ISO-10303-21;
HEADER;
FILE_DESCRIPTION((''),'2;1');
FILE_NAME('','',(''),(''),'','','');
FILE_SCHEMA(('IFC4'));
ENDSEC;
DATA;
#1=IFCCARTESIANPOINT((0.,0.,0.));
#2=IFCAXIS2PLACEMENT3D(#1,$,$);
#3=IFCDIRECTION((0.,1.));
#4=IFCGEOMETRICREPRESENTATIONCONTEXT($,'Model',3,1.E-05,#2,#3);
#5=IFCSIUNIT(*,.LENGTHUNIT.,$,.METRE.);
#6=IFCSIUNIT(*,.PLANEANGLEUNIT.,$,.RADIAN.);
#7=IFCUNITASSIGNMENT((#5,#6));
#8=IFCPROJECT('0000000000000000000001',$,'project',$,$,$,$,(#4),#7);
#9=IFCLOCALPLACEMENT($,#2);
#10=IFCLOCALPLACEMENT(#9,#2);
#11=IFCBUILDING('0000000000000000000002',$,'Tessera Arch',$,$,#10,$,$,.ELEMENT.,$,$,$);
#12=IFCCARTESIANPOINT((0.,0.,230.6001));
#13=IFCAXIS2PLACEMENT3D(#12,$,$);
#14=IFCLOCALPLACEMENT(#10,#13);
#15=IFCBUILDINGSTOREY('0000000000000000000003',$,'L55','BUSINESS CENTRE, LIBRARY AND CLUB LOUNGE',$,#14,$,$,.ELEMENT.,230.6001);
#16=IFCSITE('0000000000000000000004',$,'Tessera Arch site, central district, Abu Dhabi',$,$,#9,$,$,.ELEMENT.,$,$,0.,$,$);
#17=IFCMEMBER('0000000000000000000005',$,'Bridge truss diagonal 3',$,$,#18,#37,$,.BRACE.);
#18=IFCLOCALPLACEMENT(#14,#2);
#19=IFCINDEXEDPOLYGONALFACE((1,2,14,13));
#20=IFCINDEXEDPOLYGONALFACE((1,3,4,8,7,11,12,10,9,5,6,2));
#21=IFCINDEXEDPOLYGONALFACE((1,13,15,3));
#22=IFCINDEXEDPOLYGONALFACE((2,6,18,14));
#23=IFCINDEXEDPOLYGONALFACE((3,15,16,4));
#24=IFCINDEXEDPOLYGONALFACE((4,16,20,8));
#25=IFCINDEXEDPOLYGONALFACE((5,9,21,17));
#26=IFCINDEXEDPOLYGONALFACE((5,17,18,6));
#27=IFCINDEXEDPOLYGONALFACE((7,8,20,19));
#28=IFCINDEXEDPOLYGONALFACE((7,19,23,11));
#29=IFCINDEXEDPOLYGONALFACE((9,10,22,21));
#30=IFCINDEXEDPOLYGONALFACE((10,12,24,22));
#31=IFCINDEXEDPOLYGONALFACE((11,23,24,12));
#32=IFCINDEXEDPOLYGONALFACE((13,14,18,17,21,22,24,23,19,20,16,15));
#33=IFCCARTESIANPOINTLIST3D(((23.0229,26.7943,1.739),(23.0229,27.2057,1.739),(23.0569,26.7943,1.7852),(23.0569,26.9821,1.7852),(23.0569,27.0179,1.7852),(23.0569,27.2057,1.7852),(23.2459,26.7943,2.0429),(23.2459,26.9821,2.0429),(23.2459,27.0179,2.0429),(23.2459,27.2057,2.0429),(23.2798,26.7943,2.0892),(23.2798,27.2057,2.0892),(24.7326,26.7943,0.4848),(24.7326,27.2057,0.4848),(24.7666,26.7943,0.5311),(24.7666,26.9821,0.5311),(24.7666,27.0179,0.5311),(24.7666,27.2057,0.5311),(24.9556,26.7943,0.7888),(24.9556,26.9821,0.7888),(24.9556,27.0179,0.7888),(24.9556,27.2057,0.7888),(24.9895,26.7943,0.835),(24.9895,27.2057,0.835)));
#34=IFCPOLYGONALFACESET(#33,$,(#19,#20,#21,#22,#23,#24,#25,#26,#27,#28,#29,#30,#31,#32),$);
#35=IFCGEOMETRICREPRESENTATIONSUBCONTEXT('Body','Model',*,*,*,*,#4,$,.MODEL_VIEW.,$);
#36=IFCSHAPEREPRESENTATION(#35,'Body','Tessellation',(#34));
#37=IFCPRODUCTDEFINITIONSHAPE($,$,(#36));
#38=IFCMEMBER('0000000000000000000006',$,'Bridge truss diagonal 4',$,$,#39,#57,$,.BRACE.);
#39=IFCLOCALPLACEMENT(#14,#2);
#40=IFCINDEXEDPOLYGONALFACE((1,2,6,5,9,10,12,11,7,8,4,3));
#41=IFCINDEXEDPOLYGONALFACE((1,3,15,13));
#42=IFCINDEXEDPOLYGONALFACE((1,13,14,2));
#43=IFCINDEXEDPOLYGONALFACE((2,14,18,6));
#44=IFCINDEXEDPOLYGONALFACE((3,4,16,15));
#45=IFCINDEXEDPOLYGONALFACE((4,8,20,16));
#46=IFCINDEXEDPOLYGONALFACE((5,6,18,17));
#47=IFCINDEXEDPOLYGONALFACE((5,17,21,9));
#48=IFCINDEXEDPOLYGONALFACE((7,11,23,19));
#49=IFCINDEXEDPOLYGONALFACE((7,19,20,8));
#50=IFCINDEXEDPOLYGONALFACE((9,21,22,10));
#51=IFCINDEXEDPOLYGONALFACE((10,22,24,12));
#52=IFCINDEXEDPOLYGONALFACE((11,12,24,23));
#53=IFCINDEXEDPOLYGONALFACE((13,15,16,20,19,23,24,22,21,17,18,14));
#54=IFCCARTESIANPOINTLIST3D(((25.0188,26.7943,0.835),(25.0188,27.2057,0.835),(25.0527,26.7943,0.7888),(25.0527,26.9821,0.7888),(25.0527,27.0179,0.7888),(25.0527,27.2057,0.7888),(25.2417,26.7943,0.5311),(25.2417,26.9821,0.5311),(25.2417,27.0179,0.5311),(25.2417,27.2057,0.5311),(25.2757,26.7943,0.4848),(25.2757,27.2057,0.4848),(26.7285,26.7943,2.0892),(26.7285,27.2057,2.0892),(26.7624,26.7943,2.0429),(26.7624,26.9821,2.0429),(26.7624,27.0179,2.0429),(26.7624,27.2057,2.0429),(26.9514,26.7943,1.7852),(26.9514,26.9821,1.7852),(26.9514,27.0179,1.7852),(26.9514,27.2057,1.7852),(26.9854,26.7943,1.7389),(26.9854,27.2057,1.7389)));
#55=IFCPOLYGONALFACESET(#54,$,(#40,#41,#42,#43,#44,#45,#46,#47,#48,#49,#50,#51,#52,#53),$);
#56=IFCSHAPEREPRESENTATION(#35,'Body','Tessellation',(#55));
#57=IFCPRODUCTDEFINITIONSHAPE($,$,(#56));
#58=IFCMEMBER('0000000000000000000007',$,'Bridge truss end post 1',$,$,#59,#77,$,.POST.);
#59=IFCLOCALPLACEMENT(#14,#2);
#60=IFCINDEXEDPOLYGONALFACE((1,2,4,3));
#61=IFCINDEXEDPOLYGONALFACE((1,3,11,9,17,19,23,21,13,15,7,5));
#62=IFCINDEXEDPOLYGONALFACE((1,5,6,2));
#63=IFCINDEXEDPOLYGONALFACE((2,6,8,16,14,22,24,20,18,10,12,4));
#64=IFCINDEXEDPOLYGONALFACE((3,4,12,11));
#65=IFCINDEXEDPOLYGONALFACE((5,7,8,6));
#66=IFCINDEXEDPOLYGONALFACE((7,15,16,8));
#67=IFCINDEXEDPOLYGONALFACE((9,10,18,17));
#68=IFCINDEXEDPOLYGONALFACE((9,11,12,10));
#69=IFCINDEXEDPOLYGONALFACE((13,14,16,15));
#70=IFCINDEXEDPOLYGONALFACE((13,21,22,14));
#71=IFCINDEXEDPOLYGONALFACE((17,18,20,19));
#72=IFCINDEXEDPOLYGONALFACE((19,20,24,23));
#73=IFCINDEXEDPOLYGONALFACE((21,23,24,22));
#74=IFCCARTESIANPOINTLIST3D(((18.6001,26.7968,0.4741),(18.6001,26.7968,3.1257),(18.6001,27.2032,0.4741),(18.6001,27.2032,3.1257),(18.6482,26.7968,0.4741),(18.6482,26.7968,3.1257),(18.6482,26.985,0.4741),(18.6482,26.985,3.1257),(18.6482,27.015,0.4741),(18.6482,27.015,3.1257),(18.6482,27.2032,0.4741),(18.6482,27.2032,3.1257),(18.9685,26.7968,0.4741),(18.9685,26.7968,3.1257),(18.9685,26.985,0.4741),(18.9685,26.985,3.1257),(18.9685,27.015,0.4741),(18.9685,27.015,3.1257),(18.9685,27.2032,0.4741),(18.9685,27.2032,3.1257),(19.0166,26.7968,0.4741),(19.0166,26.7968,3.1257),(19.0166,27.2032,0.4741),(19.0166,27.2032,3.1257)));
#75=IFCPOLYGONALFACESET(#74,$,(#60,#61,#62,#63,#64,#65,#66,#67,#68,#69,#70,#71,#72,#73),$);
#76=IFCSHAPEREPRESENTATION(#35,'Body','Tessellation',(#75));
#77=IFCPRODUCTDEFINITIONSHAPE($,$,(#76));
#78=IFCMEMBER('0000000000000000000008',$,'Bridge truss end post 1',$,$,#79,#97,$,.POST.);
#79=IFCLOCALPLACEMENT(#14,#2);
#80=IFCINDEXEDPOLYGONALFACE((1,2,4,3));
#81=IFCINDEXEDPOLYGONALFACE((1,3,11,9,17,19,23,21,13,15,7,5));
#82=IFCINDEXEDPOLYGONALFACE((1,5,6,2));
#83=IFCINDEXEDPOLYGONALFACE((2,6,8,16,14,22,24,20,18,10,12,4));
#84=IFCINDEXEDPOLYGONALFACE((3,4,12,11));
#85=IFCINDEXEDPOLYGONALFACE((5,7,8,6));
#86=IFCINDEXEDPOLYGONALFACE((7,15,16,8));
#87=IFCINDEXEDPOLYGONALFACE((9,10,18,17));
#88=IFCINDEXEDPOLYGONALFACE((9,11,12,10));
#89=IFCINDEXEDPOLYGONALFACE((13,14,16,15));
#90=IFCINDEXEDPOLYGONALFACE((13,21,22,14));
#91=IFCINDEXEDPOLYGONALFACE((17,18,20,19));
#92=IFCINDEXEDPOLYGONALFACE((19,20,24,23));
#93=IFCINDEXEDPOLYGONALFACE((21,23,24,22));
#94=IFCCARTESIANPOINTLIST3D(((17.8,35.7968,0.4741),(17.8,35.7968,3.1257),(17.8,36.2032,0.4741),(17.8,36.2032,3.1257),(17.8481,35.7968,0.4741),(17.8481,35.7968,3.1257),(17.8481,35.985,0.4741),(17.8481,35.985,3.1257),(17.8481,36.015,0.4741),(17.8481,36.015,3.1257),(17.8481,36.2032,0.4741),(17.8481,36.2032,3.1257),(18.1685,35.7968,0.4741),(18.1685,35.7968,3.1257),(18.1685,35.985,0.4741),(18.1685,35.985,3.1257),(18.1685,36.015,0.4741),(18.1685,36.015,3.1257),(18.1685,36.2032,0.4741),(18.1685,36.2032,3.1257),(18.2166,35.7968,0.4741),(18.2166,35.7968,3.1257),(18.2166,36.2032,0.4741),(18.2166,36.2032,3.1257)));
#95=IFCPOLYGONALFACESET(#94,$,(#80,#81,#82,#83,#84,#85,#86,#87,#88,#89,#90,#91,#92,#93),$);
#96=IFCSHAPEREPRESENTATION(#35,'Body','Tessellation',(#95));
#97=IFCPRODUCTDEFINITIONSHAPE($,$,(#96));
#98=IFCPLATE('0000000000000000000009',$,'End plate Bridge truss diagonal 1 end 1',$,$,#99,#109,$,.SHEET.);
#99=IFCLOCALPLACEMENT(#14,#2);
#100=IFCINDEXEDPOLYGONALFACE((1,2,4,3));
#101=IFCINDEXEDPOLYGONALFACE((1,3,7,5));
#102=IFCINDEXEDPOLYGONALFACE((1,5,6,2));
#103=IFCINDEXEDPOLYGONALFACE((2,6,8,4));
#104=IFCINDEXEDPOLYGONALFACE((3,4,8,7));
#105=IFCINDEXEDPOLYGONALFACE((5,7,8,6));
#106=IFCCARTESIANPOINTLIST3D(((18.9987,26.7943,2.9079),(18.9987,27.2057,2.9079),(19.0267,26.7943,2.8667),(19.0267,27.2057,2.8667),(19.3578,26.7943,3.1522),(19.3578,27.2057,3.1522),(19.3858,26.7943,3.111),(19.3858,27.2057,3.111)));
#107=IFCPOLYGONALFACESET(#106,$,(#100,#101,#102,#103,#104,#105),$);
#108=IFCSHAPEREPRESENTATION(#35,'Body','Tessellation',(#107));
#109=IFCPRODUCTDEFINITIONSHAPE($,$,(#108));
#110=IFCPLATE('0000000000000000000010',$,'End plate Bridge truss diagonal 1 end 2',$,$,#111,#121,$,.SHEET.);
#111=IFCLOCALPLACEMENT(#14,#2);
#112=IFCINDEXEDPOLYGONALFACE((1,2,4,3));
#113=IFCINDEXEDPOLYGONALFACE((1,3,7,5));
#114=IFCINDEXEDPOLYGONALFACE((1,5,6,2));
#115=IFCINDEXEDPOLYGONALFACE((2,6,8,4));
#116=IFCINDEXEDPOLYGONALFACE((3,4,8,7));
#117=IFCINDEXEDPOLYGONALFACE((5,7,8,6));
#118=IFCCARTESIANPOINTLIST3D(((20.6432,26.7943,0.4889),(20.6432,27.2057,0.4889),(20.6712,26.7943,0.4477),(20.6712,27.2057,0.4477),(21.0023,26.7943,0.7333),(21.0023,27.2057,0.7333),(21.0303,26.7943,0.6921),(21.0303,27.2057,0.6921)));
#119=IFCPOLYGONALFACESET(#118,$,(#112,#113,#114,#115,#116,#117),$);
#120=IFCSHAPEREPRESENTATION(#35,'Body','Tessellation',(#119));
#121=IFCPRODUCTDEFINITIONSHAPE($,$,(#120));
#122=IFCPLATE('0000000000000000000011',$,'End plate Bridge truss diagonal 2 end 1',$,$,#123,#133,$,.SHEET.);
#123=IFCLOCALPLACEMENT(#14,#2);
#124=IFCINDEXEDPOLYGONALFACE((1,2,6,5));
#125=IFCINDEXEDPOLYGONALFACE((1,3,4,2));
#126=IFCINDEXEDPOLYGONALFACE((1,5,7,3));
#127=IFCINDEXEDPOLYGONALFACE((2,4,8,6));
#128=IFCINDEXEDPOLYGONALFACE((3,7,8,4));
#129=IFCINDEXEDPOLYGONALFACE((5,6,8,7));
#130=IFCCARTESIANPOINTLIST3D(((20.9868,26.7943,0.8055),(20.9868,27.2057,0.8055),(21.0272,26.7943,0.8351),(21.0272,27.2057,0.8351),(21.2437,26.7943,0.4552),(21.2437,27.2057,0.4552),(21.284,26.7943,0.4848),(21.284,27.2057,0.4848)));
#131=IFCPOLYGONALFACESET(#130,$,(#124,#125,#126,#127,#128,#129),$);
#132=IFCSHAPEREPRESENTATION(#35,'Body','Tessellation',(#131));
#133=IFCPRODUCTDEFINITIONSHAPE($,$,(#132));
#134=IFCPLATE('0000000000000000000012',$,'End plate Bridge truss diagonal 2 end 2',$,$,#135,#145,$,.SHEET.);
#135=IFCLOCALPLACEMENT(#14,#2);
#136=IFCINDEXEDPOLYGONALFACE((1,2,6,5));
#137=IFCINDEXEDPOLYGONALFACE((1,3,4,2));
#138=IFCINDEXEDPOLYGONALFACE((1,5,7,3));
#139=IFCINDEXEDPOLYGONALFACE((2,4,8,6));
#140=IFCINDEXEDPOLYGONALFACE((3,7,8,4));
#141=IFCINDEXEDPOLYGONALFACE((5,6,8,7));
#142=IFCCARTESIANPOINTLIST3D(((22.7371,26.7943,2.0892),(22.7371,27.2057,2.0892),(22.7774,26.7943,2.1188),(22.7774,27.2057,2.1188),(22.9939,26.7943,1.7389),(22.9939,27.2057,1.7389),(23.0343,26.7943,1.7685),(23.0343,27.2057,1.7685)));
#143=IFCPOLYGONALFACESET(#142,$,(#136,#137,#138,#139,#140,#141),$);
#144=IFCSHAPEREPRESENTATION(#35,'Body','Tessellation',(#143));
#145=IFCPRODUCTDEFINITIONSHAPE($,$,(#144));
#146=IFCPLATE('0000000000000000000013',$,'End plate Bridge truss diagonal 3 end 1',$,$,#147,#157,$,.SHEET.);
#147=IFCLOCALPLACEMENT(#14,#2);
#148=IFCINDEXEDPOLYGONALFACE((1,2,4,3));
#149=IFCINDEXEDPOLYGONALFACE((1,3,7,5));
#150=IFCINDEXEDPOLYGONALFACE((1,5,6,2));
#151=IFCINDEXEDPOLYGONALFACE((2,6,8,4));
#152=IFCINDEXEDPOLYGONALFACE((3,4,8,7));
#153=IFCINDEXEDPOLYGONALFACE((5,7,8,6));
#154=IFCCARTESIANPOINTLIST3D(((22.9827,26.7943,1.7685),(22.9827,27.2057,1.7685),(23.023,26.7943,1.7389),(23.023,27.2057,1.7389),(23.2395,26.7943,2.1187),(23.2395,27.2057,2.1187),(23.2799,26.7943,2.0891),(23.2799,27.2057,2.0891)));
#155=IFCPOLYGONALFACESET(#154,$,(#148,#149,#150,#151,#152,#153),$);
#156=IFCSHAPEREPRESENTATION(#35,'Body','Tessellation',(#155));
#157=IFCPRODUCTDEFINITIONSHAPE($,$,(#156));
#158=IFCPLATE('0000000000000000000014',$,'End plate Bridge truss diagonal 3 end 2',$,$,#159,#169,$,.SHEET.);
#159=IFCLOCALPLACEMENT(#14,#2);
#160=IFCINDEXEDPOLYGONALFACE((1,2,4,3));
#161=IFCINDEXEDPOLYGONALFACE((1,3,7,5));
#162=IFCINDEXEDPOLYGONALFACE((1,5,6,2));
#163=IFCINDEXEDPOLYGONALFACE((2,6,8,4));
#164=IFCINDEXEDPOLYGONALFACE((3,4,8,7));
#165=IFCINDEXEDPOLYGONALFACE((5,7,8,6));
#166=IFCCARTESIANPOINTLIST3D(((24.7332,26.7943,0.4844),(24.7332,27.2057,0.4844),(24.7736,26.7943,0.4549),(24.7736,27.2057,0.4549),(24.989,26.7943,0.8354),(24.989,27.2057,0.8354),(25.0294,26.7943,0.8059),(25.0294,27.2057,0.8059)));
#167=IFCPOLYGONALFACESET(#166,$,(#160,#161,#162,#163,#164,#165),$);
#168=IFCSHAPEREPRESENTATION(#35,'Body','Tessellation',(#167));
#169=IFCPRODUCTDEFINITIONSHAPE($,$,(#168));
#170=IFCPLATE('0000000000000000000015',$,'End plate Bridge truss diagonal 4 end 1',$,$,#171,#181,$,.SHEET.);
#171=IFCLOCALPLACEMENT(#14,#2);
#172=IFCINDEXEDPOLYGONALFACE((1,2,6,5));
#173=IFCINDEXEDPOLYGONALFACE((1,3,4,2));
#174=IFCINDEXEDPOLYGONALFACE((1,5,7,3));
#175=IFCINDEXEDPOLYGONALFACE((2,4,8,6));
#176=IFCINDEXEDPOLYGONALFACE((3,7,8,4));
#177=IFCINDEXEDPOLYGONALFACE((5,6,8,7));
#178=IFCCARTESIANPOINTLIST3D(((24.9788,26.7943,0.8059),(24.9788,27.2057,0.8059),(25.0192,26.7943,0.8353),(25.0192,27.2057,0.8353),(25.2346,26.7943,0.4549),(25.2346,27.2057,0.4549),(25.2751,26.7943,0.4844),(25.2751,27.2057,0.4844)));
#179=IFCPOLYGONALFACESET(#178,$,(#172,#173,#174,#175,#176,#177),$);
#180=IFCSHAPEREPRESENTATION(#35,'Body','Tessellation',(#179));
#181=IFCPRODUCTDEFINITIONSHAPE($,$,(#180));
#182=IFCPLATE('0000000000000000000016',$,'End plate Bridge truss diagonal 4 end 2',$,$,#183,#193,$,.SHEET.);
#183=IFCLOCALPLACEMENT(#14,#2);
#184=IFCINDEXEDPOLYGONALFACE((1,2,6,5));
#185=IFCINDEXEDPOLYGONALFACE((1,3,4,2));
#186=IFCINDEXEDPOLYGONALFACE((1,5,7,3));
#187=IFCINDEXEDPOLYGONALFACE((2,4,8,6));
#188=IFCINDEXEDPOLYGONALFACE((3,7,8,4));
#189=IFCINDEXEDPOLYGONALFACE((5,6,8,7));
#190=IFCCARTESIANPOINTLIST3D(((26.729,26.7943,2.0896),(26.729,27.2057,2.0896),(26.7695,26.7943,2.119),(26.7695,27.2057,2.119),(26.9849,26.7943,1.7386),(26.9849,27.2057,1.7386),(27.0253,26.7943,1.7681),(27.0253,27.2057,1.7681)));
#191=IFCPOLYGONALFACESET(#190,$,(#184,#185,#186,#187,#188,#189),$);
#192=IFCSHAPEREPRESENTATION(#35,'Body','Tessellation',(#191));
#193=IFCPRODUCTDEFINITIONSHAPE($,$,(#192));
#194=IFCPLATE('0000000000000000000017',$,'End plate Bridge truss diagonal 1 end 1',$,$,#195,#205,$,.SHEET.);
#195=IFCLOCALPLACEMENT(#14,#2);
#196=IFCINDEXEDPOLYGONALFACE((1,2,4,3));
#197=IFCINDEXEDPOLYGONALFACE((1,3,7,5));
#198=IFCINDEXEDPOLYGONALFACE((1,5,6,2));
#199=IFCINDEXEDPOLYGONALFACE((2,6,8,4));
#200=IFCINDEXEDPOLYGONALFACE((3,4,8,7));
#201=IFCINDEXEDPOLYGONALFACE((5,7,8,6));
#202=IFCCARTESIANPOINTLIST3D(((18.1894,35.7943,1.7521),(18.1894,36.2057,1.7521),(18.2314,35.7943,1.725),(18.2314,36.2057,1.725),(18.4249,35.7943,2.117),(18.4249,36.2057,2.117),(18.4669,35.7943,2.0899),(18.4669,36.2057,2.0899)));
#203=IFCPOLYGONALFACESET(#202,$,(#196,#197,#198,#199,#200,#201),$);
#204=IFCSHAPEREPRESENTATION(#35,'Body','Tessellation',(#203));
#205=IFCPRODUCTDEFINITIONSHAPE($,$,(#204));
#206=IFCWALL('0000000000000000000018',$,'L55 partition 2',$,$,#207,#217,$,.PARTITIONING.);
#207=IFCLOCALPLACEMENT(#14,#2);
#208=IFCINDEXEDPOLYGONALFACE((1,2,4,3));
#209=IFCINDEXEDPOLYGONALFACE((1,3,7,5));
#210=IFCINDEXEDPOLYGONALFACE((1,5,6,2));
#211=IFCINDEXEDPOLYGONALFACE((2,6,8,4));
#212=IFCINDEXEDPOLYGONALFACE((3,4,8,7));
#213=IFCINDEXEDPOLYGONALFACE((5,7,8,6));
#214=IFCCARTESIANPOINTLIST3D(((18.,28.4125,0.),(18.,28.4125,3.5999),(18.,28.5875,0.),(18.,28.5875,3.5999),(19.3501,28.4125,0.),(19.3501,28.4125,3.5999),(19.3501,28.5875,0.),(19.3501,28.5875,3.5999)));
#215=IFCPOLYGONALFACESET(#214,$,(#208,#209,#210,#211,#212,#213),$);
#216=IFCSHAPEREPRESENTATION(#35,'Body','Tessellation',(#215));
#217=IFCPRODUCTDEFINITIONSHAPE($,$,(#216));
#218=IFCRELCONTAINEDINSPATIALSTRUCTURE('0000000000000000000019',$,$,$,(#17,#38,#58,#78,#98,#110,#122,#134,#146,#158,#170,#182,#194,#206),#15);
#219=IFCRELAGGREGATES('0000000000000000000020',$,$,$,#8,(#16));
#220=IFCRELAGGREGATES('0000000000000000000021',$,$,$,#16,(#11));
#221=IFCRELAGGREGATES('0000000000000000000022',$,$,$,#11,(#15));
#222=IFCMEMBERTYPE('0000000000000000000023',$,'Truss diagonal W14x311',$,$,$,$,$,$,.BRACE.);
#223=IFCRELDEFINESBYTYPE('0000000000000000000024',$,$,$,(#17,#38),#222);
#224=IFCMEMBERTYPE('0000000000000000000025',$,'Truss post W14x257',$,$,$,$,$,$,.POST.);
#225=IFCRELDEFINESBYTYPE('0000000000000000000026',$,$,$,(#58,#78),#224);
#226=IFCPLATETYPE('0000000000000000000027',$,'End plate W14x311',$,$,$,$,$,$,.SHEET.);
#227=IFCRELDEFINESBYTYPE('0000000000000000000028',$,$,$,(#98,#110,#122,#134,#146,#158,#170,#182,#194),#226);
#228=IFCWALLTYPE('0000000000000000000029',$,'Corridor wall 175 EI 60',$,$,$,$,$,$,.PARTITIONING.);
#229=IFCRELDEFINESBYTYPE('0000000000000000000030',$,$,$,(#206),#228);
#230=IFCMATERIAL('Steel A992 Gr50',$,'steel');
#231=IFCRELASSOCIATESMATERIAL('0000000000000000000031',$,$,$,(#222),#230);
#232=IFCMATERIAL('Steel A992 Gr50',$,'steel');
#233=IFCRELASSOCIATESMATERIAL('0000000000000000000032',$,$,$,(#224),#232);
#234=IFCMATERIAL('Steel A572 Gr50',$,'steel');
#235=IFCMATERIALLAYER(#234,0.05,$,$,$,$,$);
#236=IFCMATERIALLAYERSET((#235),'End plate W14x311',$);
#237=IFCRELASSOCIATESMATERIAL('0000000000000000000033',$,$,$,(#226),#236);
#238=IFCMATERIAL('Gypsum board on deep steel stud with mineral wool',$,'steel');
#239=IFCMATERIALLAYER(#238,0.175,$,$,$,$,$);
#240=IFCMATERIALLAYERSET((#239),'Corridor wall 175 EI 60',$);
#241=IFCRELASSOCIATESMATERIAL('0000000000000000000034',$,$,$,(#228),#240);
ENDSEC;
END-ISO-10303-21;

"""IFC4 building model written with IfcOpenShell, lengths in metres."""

from ifc_helpers import new_model, si_unit, direction, frame, frame_2d, origin, origin_2d, place, context, subcontext, project, spatial, rectangle, i_section, extrude, material, layer, layer_set, material_profile, profile_set, type_object, element, save


model = new_model("IFC4")

# Units and contexts
model_context = context("Model", 3, precision=1e-05, world=origin(), true_north=direction((0.0, 1.0)))
body_context = subcontext(model_context, "Body", "Model", "MODEL_VIEW")
ifc_project = project(units=[si_unit("LENGTHUNIT", "METRE"), si_unit("PLANEANGLEUNIT", "RADIAN")], contexts=[model_context])

# Site, building, storey
site_placement = place(None, origin())
site = spatial("IfcSite", under=ifc_project, at=site_placement, Name="Tessera Arch site, central district, Abu Dhabi", CompositionType="ELEMENT", RefElevation=0.0)
building_placement = place(site_placement, origin())
building = spatial("IfcBuilding", under=site, at=building_placement, Name="Tessera Arch", CompositionType="ELEMENT")
storey_placement = place(building_placement, frame((0.0, 0.0, 230.6001)))
storey = spatial("IfcBuildingStorey", under=building, at=storey_placement, Name="L55", Description="BUSINESS CENTRE, LIBRARY AND CLUB LOUNGE", CompositionType="ELEMENT", Elevation=230.6001)

# Members
ifc_material_1 = material(Name="Steel A992 Gr50", Category="steel")
ifc_material_profile_1 = material_profile(ifc_material_1, i_section(OverallWidth=0.4114, OverallDepth=0.4343, WebThickness=0.0359, FlangeThickness=0.0574, at=origin_2d()), Name="W14x311")
ifc_profile_set_1 = profile_set([ifc_material_profile_1], Name="Steel A992 Gr50")
member_type_1 = type_object("IfcMemberType", Name="Truss diagonal W14x311", PredefinedType="BRACE", material=ifc_profile_set_1)
for number, where, z_axis, x_axis, name in (
    (1, (23.1514, 27.0, 1.9141), (0.806324, 0.0, -0.591473), (0.0, 1.0, 0.0), "Bridge truss diagonal 3"),
    (2, (25.1472, 27.0, 0.6599), (0.806324, 0.0, 0.591473), (0.0, 1.0, 0.0), "Bridge truss diagonal 4"),
):
    element("IfcMember", number, at=place(storey_placement, frame(where, z_axis=z_axis, x_axis=x_axis)), inside=storey, type_object=member_type_1, Name=name, PredefinedType="BRACE", context=body_context, shape_type="SweptSolid", body=[
        extrude(i_section(OverallWidth=0.4114, OverallDepth=0.4343, WebThickness=0.0359, FlangeThickness=0.0574, at=origin_2d()), origin(), (0.0, 0.0, 1.0), 2.1204),
    ])
ifc_material_2 = material(Name="Steel A992 Gr50", Category="steel")
ifc_material_profile_2 = material_profile(ifc_material_2, i_section(OverallWidth=0.4065, OverallDepth=0.4165, WebThickness=0.03, FlangeThickness=0.0481, at=origin_2d()), Name="W14x257")
ifc_profile_set_2 = profile_set([ifc_material_profile_2], Name="Steel A992 Gr50")
member_type_2 = type_object("IfcMemberType", Name="Truss post W14x257", PredefinedType="POST", material=ifc_profile_set_2)
for number, where, z_axis, x_axis, name in (
    (3, (18.8083, 27.0, 0.4741), (0.0, 0.0, 1.0), (0.0, 1.0, 0.0), "Bridge truss end post 1"),
    (4, (18.0083, 36.0, 0.4741), (0.0, 0.0, 1.0), (0.0, 1.0, 0.0), "Bridge truss end post 1"),
):
    element("IfcMember", number, at=place(storey_placement, frame(where, z_axis=z_axis, x_axis=x_axis)), inside=storey, type_object=member_type_2, Name=name, PredefinedType="POST", context=body_context, shape_type="SweptSolid", body=[
        extrude(i_section(OverallWidth=0.4065, OverallDepth=0.4165, WebThickness=0.03, FlangeThickness=0.0481, at=origin_2d()), origin(), (0.0, 0.0, 1.0), 2.6516),
    ])

# Plates
ifc_material_3 = material(Name="Steel A572 Gr50", Category="steel")
ifc_layer_1 = layer(ifc_material_3, 0.05)
ifc_layer_set_1 = layer_set([ifc_layer_1], Name="End plate W14x311")
plate_type = type_object("IfcPlateType", Name="End plate W14x311", PredefinedType="SHEET", material=ifc_layer_set_1)
for number, where, z_axis, x_axis, name in (
    (5, (19.1782, 27.0, 3.03), (0.562578, 0.0, -0.826744), (0.0, 1.0, 0.0), "End plate Bridge truss diagonal 1 end 1"),
    (6, (20.8228, 27.0, 0.6111), (0.562578, 0.0, -0.826744), (0.0, 1.0, 0.0), "End plate Bridge truss diagonal 1 end 2"),
):
    element("IfcPlate", number, at=place(storey_placement, frame(where, z_axis=z_axis, x_axis=x_axis)), inside=storey, type_object=plate_type, Name=name, PredefinedType="SHEET", context=body_context, shape_type="SweptSolid", body=[
        extrude(rectangle(XDim=0.4114, YDim=0.4343, at=origin_2d()), origin(), (0.0, 0.0, 1.0), 0.0498),
    ])
for number, where, z_axis, x_axis, name in (
    (7, (21.1152, 27.0, 0.6304), (0.806405, 0.0, 0.591364), (0.0, 1.0, 0.0), "End plate Bridge truss diagonal 2 end 1"),
    (8, (22.8655, 27.0, 1.9141), (0.806405, 0.0, 0.591364), (0.0, 1.0, 0.0), "End plate Bridge truss diagonal 2 end 2"),
    (9, (23.1111, 27.0, 1.9436), (0.806405, 0.0, -0.591364), (0.0, 1.0, 0.0), "End plate Bridge truss diagonal 3 end 1"),
    (10, (24.8611, 27.0, 0.6599), (0.808104, 0.0, -0.58904), (0.0, 1.0, 0.0), "End plate Bridge truss diagonal 3 end 2"),
    (11, (25.1067, 27.0, 0.6304), (0.808104, 0.0, 0.58904), (0.0, 1.0, 0.0), "End plate Bridge truss diagonal 4 end 1"),
    (12, (26.8569, 27.0, 1.9141), (0.808104, 0.0, 0.58904), (0.0, 1.0, 0.0), "End plate Bridge truss diagonal 4 end 2"),
    (13, (18.3071, 36.0, 1.9346), (0.840225, 0.0, -0.542238), (0.0, 1.0, 0.0), "End plate Bridge truss diagonal 1 end 1"),
):
    element("IfcPlate", number, at=place(storey_placement, frame(where, z_axis=z_axis, x_axis=x_axis)), inside=storey, type_object=plate_type, Name=name, PredefinedType="SHEET", context=body_context, shape_type="SweptSolid", body=[
        extrude(rectangle(XDim=0.4114, YDim=0.4343, at=origin_2d()), origin(), (0.0, 0.0, 1.0), 0.05),
    ])

# Wall
ifc_material_4 = material(Name="Gypsum board on deep steel stud with mineral wool", Category="steel")
ifc_layer_2 = layer(ifc_material_4, 0.175)
ifc_layer_set_2 = layer_set([ifc_layer_2], Name="Corridor wall 175 EI 60")
wall_type_1 = type_object("IfcWallType", Name="Corridor wall 175 EI 60", PredefinedType="PARTITIONING", material=ifc_layer_set_2)
wall_1_placement = place(storey_placement, frame((18.0, 28.5, 0.0), z_axis=(0.0, 0.0, 1.0), x_axis=(1.0, 0.0, 0.0)))
element("IfcWall", 14, at=wall_1_placement, inside=storey, type_object=wall_type_1, Name="L55 partition 2", PredefinedType="PARTITIONING", context=body_context, shape_type="SweptSolid", body=[
    extrude(rectangle(XDim=1.3501, YDim=0.175, at=frame_2d((0.675, 0.0))), origin(), (0.0, 0.0, 1.0), 3.5999),
])

save(model, "model.ifc")
